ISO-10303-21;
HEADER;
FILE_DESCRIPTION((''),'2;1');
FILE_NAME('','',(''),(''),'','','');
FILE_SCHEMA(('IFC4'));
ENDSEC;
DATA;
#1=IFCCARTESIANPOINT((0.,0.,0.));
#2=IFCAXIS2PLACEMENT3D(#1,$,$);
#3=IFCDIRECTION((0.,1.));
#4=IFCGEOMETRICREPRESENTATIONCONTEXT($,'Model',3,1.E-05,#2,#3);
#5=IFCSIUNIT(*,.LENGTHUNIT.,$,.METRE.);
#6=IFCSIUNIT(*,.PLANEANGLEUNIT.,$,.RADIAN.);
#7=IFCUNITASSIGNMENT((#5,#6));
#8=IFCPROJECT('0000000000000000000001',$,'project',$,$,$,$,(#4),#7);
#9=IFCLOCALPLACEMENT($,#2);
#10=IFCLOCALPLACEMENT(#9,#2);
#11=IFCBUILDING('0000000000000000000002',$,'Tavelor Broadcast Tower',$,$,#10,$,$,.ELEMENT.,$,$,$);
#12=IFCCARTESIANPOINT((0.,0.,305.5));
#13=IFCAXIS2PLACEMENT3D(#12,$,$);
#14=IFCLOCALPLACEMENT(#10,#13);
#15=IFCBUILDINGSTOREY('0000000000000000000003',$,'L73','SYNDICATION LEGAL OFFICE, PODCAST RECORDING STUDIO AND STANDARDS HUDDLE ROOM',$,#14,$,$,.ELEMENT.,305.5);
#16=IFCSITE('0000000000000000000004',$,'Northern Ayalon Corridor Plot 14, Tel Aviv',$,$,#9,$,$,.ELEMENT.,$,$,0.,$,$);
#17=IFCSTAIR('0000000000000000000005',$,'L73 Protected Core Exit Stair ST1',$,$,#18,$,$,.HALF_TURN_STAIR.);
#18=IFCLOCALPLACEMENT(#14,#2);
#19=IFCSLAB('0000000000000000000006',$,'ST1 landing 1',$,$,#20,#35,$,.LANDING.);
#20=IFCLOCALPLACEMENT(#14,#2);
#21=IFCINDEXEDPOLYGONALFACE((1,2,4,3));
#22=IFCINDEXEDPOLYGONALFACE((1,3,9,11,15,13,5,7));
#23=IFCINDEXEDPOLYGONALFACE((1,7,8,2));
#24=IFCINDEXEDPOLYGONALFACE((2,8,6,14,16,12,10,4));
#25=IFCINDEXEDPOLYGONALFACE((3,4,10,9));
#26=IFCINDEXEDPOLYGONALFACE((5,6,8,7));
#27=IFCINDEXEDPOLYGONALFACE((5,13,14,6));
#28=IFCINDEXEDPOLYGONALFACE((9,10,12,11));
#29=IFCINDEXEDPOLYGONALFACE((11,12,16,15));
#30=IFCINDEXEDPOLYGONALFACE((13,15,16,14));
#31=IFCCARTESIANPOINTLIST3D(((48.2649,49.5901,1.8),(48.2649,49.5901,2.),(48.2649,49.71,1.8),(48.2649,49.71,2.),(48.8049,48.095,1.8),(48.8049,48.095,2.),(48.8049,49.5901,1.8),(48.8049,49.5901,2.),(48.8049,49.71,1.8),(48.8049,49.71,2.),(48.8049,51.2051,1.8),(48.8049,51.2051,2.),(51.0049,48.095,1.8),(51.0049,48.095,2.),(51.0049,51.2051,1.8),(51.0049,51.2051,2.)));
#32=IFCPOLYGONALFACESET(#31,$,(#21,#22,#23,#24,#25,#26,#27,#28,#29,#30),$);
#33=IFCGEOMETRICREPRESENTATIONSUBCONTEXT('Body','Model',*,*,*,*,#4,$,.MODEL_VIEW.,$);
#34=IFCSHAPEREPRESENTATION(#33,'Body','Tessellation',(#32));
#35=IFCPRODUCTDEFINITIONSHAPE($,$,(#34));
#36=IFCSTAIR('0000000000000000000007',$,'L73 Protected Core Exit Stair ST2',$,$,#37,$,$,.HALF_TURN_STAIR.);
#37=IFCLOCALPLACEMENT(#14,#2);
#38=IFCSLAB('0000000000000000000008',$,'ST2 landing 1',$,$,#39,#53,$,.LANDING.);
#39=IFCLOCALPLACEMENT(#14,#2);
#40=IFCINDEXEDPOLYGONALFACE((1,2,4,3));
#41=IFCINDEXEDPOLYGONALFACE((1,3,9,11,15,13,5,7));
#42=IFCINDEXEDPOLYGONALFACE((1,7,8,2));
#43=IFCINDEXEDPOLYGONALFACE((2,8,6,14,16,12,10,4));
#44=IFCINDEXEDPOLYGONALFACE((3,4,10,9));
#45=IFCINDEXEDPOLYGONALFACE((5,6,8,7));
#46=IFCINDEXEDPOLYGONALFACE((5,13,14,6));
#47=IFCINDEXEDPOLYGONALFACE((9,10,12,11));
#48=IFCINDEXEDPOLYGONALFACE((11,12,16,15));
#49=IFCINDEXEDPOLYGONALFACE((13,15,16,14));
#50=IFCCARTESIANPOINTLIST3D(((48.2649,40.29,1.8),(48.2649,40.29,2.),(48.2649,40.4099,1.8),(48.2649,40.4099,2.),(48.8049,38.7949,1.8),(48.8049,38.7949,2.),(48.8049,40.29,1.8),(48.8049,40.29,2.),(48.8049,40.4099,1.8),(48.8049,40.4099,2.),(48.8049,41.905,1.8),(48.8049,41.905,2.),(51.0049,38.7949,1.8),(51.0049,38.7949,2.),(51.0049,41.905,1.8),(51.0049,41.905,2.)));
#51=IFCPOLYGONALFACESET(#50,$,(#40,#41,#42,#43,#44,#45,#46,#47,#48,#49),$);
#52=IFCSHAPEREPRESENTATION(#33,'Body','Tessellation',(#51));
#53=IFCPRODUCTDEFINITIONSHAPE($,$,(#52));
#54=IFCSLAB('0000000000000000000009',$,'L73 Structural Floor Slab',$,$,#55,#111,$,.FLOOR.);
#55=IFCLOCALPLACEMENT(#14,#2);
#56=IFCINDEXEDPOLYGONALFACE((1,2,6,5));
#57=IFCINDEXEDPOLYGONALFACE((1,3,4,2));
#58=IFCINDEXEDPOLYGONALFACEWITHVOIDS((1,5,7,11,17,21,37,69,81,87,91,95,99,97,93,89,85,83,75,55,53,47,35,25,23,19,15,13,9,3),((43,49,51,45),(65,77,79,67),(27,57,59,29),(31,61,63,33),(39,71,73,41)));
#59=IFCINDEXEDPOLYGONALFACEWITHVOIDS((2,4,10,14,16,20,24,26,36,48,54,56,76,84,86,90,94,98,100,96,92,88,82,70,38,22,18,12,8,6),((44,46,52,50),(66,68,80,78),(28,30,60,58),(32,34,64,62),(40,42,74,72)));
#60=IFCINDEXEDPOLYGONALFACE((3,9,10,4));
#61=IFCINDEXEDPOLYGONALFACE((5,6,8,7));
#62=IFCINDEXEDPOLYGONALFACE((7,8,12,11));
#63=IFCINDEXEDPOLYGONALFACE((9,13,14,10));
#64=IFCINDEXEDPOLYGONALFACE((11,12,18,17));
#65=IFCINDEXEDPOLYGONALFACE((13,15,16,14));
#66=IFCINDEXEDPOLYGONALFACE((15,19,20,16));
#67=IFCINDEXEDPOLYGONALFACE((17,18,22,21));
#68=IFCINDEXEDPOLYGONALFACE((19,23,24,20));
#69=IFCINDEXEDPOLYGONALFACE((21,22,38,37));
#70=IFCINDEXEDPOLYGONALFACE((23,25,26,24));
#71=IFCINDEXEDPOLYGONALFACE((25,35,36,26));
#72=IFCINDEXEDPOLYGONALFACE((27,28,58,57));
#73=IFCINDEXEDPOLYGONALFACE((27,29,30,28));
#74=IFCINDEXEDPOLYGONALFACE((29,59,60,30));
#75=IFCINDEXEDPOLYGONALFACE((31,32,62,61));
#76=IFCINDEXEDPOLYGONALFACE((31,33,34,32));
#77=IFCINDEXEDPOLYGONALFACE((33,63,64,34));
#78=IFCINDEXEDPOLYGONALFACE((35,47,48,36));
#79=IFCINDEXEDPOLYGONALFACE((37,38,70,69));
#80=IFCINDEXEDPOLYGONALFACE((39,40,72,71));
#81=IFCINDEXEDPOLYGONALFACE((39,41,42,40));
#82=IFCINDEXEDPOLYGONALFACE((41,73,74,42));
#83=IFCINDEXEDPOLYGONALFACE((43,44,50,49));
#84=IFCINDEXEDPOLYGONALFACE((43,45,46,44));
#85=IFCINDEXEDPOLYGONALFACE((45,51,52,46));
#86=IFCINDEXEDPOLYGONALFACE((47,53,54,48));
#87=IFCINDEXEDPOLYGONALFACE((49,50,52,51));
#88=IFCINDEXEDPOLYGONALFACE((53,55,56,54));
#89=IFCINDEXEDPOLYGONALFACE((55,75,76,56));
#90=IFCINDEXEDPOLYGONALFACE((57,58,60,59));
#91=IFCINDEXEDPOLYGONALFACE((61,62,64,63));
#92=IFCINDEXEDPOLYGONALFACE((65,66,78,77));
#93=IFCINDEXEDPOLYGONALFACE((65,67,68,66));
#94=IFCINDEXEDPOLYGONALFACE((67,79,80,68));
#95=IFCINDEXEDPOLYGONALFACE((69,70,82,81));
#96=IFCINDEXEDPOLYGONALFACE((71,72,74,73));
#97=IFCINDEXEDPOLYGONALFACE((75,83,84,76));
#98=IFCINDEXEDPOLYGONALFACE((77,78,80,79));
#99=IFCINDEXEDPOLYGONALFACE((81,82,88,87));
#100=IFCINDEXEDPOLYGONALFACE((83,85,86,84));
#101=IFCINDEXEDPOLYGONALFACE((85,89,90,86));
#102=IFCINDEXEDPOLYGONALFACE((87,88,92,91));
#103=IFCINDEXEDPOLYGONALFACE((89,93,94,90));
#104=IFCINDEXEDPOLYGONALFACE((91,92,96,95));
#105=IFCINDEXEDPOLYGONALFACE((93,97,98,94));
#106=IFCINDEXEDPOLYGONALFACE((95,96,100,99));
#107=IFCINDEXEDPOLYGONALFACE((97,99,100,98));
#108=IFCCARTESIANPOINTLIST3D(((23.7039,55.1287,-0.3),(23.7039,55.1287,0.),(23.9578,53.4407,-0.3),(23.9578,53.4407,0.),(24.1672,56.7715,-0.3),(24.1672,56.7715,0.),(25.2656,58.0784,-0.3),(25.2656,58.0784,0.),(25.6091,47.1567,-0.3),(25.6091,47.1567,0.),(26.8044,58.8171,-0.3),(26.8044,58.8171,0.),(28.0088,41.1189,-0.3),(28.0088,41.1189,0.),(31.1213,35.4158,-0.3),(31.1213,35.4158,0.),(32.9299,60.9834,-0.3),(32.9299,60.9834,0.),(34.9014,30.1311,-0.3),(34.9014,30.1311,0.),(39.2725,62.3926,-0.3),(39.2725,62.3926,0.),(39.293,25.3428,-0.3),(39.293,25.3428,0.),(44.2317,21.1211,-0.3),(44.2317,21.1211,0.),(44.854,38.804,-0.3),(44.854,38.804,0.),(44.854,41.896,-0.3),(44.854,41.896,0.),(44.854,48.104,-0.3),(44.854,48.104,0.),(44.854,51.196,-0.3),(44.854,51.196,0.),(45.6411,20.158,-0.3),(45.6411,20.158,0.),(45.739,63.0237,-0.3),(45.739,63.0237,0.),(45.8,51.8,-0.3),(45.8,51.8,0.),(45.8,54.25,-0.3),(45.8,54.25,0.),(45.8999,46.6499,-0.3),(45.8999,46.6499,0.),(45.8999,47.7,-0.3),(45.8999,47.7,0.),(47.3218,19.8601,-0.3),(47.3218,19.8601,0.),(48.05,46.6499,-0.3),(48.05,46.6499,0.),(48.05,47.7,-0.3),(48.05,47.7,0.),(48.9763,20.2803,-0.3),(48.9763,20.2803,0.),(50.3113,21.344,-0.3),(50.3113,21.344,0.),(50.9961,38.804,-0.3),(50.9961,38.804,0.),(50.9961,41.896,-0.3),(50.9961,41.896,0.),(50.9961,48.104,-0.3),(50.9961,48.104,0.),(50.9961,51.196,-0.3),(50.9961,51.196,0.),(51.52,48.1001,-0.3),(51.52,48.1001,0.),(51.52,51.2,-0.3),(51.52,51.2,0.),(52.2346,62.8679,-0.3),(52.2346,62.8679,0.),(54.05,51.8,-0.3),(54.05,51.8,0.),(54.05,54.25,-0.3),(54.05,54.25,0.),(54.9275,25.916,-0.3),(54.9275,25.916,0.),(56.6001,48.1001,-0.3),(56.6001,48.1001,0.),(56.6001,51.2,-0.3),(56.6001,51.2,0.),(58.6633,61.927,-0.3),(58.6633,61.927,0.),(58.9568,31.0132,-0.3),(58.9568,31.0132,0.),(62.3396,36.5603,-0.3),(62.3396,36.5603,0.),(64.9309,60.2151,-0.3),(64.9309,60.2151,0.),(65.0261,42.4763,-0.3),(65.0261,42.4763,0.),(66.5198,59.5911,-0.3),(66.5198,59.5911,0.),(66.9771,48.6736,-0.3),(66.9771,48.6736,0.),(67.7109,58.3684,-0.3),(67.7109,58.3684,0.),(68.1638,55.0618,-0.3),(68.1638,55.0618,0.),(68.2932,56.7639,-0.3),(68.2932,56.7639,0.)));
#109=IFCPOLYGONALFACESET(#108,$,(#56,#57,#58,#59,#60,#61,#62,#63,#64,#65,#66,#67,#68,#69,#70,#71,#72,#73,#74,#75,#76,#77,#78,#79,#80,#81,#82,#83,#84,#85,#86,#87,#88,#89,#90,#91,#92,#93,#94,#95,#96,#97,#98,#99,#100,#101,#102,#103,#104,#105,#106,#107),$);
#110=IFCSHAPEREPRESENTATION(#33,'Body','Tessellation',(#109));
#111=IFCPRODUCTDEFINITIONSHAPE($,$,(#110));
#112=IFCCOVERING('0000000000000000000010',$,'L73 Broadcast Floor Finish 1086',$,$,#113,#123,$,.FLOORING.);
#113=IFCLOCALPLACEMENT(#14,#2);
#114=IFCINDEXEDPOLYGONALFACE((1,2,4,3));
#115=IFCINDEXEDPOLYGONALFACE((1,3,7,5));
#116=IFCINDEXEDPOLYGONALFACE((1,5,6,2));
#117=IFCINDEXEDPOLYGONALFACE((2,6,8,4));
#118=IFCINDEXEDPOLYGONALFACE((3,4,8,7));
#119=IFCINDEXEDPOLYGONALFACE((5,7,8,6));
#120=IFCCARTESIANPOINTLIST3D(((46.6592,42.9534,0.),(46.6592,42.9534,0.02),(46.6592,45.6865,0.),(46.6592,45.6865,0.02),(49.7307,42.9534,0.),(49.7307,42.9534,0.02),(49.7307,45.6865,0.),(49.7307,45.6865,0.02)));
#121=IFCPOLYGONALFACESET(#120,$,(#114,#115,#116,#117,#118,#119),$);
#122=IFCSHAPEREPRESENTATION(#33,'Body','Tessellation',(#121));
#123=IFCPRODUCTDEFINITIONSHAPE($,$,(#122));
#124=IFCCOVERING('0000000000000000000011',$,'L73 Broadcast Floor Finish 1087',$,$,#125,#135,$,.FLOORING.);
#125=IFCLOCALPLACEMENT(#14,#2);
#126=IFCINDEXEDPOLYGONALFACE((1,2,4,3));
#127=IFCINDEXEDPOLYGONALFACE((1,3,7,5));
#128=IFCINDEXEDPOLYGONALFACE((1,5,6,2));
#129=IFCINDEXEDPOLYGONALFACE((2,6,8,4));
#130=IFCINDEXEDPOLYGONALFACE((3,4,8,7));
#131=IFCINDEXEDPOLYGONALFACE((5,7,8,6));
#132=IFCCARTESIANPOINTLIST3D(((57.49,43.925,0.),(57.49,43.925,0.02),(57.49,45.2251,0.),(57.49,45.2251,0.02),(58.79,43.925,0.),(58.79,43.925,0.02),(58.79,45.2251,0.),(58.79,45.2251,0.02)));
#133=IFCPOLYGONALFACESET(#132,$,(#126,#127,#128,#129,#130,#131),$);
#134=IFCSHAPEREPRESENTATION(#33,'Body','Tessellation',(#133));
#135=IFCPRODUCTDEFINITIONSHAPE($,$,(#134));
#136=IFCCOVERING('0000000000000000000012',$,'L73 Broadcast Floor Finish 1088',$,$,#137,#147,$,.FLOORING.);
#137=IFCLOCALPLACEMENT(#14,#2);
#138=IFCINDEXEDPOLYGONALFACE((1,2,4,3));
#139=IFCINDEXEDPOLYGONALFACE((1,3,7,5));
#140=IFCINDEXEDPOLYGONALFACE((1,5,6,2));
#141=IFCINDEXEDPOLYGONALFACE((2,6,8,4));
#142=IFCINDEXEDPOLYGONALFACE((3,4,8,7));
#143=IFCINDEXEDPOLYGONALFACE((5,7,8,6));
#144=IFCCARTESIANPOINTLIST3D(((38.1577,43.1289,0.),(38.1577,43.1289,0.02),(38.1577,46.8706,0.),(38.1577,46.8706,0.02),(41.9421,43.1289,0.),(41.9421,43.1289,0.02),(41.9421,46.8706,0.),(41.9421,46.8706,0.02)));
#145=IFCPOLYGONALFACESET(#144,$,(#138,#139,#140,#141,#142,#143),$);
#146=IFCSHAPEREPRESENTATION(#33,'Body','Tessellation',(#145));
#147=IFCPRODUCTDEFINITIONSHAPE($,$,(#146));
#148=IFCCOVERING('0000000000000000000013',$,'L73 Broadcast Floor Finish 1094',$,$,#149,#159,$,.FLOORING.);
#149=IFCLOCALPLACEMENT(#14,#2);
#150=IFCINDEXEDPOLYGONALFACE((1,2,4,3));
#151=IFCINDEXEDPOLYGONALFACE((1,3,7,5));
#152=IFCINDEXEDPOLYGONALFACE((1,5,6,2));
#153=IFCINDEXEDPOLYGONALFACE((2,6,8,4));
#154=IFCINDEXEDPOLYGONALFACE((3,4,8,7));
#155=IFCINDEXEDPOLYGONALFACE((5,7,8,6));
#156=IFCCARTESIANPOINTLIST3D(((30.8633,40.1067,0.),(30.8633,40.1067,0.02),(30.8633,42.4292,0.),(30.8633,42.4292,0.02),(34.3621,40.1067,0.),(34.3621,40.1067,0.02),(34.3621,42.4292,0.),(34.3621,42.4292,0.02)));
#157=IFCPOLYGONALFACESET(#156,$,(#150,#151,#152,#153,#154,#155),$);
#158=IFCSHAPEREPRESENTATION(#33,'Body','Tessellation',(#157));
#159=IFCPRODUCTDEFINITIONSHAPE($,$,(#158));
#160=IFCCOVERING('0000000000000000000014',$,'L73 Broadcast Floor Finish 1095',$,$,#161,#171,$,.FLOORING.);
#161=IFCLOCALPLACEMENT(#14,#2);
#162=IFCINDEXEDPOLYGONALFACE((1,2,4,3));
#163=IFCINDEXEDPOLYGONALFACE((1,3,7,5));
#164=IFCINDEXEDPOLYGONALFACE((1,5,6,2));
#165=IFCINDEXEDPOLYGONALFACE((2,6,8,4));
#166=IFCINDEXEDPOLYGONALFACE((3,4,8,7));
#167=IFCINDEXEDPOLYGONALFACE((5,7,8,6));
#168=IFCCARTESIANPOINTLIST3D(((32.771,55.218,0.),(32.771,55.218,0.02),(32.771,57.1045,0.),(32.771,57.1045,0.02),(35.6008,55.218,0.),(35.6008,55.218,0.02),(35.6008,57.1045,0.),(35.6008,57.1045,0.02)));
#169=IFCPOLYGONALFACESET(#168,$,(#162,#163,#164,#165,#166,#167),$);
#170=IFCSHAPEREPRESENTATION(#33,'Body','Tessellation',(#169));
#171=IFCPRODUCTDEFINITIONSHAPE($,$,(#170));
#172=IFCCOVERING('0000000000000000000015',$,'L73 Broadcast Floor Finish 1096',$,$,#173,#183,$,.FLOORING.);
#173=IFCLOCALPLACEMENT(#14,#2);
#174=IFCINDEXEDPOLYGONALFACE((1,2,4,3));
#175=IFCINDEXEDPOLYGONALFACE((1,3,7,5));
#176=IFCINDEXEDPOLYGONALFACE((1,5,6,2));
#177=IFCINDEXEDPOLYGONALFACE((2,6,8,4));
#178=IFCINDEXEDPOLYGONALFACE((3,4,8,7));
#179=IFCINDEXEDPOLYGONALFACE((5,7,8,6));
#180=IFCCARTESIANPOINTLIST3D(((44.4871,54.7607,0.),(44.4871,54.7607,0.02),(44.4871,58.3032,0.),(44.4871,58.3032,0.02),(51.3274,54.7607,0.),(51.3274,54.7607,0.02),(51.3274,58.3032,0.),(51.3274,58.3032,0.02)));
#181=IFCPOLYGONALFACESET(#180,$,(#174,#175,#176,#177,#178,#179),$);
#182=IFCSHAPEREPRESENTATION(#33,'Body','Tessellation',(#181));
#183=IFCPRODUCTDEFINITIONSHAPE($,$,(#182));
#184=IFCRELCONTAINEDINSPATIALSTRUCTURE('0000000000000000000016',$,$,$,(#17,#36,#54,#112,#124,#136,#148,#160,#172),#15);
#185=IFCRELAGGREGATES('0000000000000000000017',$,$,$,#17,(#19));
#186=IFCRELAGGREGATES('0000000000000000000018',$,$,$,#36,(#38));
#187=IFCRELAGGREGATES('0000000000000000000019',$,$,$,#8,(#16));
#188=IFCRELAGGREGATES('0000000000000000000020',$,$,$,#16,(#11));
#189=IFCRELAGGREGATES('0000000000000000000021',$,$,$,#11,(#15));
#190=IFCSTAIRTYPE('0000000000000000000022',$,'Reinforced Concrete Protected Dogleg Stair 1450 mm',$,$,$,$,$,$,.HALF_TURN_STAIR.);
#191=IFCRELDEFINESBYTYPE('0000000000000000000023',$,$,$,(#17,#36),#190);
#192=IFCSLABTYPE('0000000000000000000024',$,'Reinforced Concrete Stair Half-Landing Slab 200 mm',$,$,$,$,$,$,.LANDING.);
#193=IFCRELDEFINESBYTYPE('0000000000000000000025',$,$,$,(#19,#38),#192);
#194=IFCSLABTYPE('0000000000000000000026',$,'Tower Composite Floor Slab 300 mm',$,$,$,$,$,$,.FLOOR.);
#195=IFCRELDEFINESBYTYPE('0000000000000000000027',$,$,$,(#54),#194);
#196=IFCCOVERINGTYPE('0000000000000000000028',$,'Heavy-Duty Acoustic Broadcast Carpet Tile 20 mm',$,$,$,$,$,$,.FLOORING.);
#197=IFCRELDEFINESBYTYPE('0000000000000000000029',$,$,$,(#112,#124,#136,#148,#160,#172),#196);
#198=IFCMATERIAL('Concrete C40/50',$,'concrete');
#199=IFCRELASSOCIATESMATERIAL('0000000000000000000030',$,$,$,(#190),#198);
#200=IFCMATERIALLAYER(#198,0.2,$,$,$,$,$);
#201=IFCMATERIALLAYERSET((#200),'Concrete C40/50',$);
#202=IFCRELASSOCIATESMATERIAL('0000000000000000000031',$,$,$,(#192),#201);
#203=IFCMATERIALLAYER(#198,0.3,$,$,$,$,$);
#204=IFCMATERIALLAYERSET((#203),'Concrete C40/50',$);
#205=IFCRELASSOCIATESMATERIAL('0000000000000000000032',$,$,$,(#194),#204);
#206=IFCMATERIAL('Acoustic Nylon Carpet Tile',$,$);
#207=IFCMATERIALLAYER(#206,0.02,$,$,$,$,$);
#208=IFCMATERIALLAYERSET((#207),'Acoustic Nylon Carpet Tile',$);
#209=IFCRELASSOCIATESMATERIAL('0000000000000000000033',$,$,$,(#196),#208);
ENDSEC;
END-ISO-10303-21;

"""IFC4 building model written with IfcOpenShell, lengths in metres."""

from ifc_helpers import new_model, si_unit, direction, frame, origin, place, context, subcontext, project, spatial, polyline, outline, extrude, material, layer, layer_set, type_object, element, aggregate, save


model = new_model("IFC4")

# Units and contexts
model_context = context("Model", 3, precision=1e-05, world=origin(), true_north=direction((0.0, 1.0)))
body_context = subcontext(model_context, "Body", "Model", "MODEL_VIEW")
ifc_project = project(units=[si_unit("LENGTHUNIT", "METRE"), si_unit("PLANEANGLEUNIT", "RADIAN")], contexts=[model_context])

# Site, building, storey
site_placement = place(None, origin())
site = spatial("IfcSite", under=ifc_project, at=site_placement, Name="Northern Ayalon Corridor Plot 14, Tel Aviv", CompositionType="ELEMENT", RefElevation=0.0)
building_placement = place(site_placement, origin())
building = spatial("IfcBuilding", under=site, at=building_placement, Name="Tavelor Broadcast Tower", CompositionType="ELEMENT")
storey_placement = place(building_placement, frame((0.0, 0.0, 305.5)))
storey = spatial("IfcBuildingStorey", under=building, at=storey_placement, Name="L73", Description="SYNDICATION LEGAL OFFICE, PODCAST RECORDING STUDIO AND STANDARDS HUDDLE ROOM", CompositionType="ELEMENT", Elevation=305.5)

# Stairs, slabs
ifc_material_1 = material(Name="Concrete C40/50", Category="concrete")
stair_type = type_object("IfcStairType", Name="Reinforced Concrete Protected Dogleg Stair 1450 mm", PredefinedType="HALF_TURN_STAIR", material=ifc_material_1)
stair_1_placement = place(storey_placement, origin())
stair_1 = element("IfcStair", 1, at=stair_1_placement, inside=storey, type_object=stair_type, Name="L73 Protected Core Exit Stair ST1", PredefinedType="HALF_TURN_STAIR")
ifc_layer_1 = layer(ifc_material_1, 0.2)
ifc_layer_set_1 = layer_set([ifc_layer_1], Name="Concrete C40/50")
slab_type_1 = type_object("IfcSlabType", Name="Reinforced Concrete Stair Half-Landing Slab 200 mm", PredefinedType="LANDING", material=ifc_layer_set_1)
slab_1_placement = place(storey_placement, frame((0.0, 0.0, 1.8)))
slab_1 = element("IfcSlab", 2, at=slab_1_placement, type_object=slab_type_1, Name="ST1 landing 1", PredefinedType="LANDING", context=body_context, shape_type="SweptSolid", body=[
    extrude(outline(polyline([(48.8049, 49.5901), (48.8049, 48.095), (51.0049, 48.095), (51.0049, 51.2051), (48.8049, 51.2051), (48.8049, 49.71), (48.2649, 49.71), (48.2649, 49.5901), (48.8049, 49.5901)])), origin(), (0.0, 0.0, 1.0), 0.2),
])
aggregate(stair_1, [slab_1])
stair_2_placement = place(storey_placement, origin())
stair_2 = element("IfcStair", 3, at=stair_2_placement, inside=storey, type_object=stair_type, Name="L73 Protected Core Exit Stair ST2", PredefinedType="HALF_TURN_STAIR")
slab_2_placement = place(storey_placement, frame((0.0, 0.0, 1.8)))
slab_2 = element("IfcSlab", 4, at=slab_2_placement, type_object=slab_type_1, Name="ST2 landing 1", PredefinedType="LANDING", context=body_context, shape_type="SweptSolid", body=[
    extrude(outline(polyline([(48.8049, 40.29), (48.8049, 38.7949), (51.0049, 38.7949), (51.0049, 41.905), (48.8049, 41.905), (48.8049, 40.4099), (48.2649, 40.4099), (48.2649, 40.29), (48.8049, 40.29)])), origin(), (0.0, 0.0, 1.0), 0.2),
])
aggregate(stair_2, [slab_2])

# Slab
ifc_layer_2 = layer(ifc_material_1, 0.3)
ifc_layer_set_2 = layer_set([ifc_layer_2], Name="Concrete C40/50")
slab_type_2 = type_object("IfcSlabType", Name="Tower Composite Floor Slab 300 mm", PredefinedType="FLOOR", material=ifc_layer_set_2)
slab_3_placement = place(storey_placement, frame((0.0, 0.0, -0.3)))
element("IfcSlab", 5, at=slab_3_placement, inside=storey, type_object=slab_type_2, Name="L73 Structural Floor Slab", PredefinedType="FLOOR", context=body_context, shape_type="SweptSolid", body=[
    extrude(outline(polyline([(26.8044, 58.8171), (25.2656, 58.0784), (24.1672, 56.7715), (23.7039, 55.1287), (23.9578, 53.4407), (25.6091, 47.1567), (28.0088, 41.1189), (31.1213, 35.4158), (34.9014, 30.1311), (39.293, 25.3428), (44.2317, 21.1211), (45.6411, 20.158), (47.3218, 19.8601), (48.9763, 20.2803), (50.3113, 21.344), (54.9275, 25.916), (58.9568, 31.0132), (62.3396, 36.5603), (65.0261, 42.4763), (66.9771, 48.6736), (68.1638, 55.0618), (68.2932, 56.7639), (67.7109, 58.3684), (66.5198, 59.5911), (64.9309, 60.2151), (58.6633, 61.927), (52.2346, 62.8679), (45.739, 63.0237), (39.2725, 62.3926), (32.9299, 60.9834), (26.8044, 58.8171)]), holes=[polyline([(50.9961, 41.896), (50.9961, 38.804), (44.854, 38.804), (44.854, 41.896), (50.9961, 41.896)]), polyline([(48.05, 47.7), (48.05, 46.6499), (45.8999, 46.6499), (45.8999, 47.7), (48.05, 47.7)]), polyline([(50.9961, 51.196), (50.9961, 48.104), (44.854, 48.104), (44.854, 51.196), (50.9961, 51.196)]), polyline([(56.6001, 48.1001), (51.52, 48.1001), (51.52, 51.2), (56.6001, 51.2), (56.6001, 48.1001)]), polyline([(54.05, 51.8), (45.8, 51.8), (45.8, 54.25), (54.05, 54.25), (54.05, 51.8)])]), origin(), (0.0, 0.0, 1.0), 0.3),
])

# Coverings
ifc_material_2 = material(Name="Acoustic Nylon Carpet Tile")
ifc_layer_3 = layer(ifc_material_2, 0.02)
ifc_layer_set_3 = layer_set([ifc_layer_3], Name="Acoustic Nylon Carpet Tile")
covering_type_1 = type_object("IfcCoveringType", Name="Heavy-Duty Acoustic Broadcast Carpet Tile 20 mm", PredefinedType="FLOORING", material=ifc_layer_set_3)
covering_1_placement = place(storey_placement, origin())
element("IfcCovering", 6, at=covering_1_placement, inside=storey, type_object=covering_type_1, Name="L73 Broadcast Floor Finish 1086", PredefinedType="FLOORING", context=body_context, shape_type="SweptSolid", body=[
    extrude(outline(polyline([(46.6592, 42.9534), (49.7307, 42.9534), (49.7307, 45.6865), (46.6592, 45.6865), (46.6592, 42.9534)])), origin(), (0.0, 0.0, 1.0), 0.02),
])
covering_2_placement = place(storey_placement, origin())
element("IfcCovering", 7, at=covering_2_placement, inside=storey, type_object=covering_type_1, Name="L73 Broadcast Floor Finish 1087", PredefinedType="FLOORING", context=body_context, shape_type="SweptSolid", body=[
    extrude(outline(polyline([(57.49, 43.925), (58.79, 43.925), (58.79, 45.2251), (57.49, 45.2251), (57.49, 43.925)])), origin(), (0.0, 0.0, 1.0), 0.02),
])
covering_3_placement = place(storey_placement, origin())
element("IfcCovering", 8, at=covering_3_placement, inside=storey, type_object=covering_type_1, Name="L73 Broadcast Floor Finish 1088", PredefinedType="FLOORING", context=body_context, shape_type="SweptSolid", body=[
    extrude(outline(polyline([(38.1577, 43.1289), (41.9421, 43.1289), (41.9421, 46.8706), (38.1577, 46.8706), (38.1577, 43.1289)])), origin(), (0.0, 0.0, 1.0), 0.02),
])
covering_4_placement = place(storey_placement, origin())
element("IfcCovering", 9, at=covering_4_placement, inside=storey, type_object=covering_type_1, Name="L73 Broadcast Floor Finish 1094", PredefinedType="FLOORING", context=body_context, shape_type="SweptSolid", body=[
    extrude(outline(polyline([(30.8633, 40.1067), (34.3621, 40.1067), (34.3621, 42.4292), (30.8633, 42.4292), (30.8633, 40.1067)])), origin(), (0.0, 0.0, 1.0), 0.02),
])
covering_5_placement = place(storey_placement, origin())
element("IfcCovering", 10, at=covering_5_placement, inside=storey, type_object=covering_type_1, Name="L73 Broadcast Floor Finish 1095", PredefinedType="FLOORING", context=body_context, shape_type="SweptSolid", body=[
    extrude(outline(polyline([(32.771, 55.218), (35.6008, 55.218), (35.6008, 57.1045), (32.771, 57.1045), (32.771, 55.218)])), origin(), (0.0, 0.0, 1.0), 0.02),
])
covering_6_placement = place(storey_placement, origin())
element("IfcCovering", 11, at=covering_6_placement, inside=storey, type_object=covering_type_1, Name="L73 Broadcast Floor Finish 1096", PredefinedType="FLOORING", context=body_context, shape_type="SweptSolid", body=[
    extrude(outline(polyline([(44.4871, 54.7607), (51.3274, 54.7607), (51.3274, 58.3032), (44.4871, 58.3032), (44.4871, 54.7607)])), origin(), (0.0, 0.0, 1.0), 0.02),
])

save(model, "model.ifc")
